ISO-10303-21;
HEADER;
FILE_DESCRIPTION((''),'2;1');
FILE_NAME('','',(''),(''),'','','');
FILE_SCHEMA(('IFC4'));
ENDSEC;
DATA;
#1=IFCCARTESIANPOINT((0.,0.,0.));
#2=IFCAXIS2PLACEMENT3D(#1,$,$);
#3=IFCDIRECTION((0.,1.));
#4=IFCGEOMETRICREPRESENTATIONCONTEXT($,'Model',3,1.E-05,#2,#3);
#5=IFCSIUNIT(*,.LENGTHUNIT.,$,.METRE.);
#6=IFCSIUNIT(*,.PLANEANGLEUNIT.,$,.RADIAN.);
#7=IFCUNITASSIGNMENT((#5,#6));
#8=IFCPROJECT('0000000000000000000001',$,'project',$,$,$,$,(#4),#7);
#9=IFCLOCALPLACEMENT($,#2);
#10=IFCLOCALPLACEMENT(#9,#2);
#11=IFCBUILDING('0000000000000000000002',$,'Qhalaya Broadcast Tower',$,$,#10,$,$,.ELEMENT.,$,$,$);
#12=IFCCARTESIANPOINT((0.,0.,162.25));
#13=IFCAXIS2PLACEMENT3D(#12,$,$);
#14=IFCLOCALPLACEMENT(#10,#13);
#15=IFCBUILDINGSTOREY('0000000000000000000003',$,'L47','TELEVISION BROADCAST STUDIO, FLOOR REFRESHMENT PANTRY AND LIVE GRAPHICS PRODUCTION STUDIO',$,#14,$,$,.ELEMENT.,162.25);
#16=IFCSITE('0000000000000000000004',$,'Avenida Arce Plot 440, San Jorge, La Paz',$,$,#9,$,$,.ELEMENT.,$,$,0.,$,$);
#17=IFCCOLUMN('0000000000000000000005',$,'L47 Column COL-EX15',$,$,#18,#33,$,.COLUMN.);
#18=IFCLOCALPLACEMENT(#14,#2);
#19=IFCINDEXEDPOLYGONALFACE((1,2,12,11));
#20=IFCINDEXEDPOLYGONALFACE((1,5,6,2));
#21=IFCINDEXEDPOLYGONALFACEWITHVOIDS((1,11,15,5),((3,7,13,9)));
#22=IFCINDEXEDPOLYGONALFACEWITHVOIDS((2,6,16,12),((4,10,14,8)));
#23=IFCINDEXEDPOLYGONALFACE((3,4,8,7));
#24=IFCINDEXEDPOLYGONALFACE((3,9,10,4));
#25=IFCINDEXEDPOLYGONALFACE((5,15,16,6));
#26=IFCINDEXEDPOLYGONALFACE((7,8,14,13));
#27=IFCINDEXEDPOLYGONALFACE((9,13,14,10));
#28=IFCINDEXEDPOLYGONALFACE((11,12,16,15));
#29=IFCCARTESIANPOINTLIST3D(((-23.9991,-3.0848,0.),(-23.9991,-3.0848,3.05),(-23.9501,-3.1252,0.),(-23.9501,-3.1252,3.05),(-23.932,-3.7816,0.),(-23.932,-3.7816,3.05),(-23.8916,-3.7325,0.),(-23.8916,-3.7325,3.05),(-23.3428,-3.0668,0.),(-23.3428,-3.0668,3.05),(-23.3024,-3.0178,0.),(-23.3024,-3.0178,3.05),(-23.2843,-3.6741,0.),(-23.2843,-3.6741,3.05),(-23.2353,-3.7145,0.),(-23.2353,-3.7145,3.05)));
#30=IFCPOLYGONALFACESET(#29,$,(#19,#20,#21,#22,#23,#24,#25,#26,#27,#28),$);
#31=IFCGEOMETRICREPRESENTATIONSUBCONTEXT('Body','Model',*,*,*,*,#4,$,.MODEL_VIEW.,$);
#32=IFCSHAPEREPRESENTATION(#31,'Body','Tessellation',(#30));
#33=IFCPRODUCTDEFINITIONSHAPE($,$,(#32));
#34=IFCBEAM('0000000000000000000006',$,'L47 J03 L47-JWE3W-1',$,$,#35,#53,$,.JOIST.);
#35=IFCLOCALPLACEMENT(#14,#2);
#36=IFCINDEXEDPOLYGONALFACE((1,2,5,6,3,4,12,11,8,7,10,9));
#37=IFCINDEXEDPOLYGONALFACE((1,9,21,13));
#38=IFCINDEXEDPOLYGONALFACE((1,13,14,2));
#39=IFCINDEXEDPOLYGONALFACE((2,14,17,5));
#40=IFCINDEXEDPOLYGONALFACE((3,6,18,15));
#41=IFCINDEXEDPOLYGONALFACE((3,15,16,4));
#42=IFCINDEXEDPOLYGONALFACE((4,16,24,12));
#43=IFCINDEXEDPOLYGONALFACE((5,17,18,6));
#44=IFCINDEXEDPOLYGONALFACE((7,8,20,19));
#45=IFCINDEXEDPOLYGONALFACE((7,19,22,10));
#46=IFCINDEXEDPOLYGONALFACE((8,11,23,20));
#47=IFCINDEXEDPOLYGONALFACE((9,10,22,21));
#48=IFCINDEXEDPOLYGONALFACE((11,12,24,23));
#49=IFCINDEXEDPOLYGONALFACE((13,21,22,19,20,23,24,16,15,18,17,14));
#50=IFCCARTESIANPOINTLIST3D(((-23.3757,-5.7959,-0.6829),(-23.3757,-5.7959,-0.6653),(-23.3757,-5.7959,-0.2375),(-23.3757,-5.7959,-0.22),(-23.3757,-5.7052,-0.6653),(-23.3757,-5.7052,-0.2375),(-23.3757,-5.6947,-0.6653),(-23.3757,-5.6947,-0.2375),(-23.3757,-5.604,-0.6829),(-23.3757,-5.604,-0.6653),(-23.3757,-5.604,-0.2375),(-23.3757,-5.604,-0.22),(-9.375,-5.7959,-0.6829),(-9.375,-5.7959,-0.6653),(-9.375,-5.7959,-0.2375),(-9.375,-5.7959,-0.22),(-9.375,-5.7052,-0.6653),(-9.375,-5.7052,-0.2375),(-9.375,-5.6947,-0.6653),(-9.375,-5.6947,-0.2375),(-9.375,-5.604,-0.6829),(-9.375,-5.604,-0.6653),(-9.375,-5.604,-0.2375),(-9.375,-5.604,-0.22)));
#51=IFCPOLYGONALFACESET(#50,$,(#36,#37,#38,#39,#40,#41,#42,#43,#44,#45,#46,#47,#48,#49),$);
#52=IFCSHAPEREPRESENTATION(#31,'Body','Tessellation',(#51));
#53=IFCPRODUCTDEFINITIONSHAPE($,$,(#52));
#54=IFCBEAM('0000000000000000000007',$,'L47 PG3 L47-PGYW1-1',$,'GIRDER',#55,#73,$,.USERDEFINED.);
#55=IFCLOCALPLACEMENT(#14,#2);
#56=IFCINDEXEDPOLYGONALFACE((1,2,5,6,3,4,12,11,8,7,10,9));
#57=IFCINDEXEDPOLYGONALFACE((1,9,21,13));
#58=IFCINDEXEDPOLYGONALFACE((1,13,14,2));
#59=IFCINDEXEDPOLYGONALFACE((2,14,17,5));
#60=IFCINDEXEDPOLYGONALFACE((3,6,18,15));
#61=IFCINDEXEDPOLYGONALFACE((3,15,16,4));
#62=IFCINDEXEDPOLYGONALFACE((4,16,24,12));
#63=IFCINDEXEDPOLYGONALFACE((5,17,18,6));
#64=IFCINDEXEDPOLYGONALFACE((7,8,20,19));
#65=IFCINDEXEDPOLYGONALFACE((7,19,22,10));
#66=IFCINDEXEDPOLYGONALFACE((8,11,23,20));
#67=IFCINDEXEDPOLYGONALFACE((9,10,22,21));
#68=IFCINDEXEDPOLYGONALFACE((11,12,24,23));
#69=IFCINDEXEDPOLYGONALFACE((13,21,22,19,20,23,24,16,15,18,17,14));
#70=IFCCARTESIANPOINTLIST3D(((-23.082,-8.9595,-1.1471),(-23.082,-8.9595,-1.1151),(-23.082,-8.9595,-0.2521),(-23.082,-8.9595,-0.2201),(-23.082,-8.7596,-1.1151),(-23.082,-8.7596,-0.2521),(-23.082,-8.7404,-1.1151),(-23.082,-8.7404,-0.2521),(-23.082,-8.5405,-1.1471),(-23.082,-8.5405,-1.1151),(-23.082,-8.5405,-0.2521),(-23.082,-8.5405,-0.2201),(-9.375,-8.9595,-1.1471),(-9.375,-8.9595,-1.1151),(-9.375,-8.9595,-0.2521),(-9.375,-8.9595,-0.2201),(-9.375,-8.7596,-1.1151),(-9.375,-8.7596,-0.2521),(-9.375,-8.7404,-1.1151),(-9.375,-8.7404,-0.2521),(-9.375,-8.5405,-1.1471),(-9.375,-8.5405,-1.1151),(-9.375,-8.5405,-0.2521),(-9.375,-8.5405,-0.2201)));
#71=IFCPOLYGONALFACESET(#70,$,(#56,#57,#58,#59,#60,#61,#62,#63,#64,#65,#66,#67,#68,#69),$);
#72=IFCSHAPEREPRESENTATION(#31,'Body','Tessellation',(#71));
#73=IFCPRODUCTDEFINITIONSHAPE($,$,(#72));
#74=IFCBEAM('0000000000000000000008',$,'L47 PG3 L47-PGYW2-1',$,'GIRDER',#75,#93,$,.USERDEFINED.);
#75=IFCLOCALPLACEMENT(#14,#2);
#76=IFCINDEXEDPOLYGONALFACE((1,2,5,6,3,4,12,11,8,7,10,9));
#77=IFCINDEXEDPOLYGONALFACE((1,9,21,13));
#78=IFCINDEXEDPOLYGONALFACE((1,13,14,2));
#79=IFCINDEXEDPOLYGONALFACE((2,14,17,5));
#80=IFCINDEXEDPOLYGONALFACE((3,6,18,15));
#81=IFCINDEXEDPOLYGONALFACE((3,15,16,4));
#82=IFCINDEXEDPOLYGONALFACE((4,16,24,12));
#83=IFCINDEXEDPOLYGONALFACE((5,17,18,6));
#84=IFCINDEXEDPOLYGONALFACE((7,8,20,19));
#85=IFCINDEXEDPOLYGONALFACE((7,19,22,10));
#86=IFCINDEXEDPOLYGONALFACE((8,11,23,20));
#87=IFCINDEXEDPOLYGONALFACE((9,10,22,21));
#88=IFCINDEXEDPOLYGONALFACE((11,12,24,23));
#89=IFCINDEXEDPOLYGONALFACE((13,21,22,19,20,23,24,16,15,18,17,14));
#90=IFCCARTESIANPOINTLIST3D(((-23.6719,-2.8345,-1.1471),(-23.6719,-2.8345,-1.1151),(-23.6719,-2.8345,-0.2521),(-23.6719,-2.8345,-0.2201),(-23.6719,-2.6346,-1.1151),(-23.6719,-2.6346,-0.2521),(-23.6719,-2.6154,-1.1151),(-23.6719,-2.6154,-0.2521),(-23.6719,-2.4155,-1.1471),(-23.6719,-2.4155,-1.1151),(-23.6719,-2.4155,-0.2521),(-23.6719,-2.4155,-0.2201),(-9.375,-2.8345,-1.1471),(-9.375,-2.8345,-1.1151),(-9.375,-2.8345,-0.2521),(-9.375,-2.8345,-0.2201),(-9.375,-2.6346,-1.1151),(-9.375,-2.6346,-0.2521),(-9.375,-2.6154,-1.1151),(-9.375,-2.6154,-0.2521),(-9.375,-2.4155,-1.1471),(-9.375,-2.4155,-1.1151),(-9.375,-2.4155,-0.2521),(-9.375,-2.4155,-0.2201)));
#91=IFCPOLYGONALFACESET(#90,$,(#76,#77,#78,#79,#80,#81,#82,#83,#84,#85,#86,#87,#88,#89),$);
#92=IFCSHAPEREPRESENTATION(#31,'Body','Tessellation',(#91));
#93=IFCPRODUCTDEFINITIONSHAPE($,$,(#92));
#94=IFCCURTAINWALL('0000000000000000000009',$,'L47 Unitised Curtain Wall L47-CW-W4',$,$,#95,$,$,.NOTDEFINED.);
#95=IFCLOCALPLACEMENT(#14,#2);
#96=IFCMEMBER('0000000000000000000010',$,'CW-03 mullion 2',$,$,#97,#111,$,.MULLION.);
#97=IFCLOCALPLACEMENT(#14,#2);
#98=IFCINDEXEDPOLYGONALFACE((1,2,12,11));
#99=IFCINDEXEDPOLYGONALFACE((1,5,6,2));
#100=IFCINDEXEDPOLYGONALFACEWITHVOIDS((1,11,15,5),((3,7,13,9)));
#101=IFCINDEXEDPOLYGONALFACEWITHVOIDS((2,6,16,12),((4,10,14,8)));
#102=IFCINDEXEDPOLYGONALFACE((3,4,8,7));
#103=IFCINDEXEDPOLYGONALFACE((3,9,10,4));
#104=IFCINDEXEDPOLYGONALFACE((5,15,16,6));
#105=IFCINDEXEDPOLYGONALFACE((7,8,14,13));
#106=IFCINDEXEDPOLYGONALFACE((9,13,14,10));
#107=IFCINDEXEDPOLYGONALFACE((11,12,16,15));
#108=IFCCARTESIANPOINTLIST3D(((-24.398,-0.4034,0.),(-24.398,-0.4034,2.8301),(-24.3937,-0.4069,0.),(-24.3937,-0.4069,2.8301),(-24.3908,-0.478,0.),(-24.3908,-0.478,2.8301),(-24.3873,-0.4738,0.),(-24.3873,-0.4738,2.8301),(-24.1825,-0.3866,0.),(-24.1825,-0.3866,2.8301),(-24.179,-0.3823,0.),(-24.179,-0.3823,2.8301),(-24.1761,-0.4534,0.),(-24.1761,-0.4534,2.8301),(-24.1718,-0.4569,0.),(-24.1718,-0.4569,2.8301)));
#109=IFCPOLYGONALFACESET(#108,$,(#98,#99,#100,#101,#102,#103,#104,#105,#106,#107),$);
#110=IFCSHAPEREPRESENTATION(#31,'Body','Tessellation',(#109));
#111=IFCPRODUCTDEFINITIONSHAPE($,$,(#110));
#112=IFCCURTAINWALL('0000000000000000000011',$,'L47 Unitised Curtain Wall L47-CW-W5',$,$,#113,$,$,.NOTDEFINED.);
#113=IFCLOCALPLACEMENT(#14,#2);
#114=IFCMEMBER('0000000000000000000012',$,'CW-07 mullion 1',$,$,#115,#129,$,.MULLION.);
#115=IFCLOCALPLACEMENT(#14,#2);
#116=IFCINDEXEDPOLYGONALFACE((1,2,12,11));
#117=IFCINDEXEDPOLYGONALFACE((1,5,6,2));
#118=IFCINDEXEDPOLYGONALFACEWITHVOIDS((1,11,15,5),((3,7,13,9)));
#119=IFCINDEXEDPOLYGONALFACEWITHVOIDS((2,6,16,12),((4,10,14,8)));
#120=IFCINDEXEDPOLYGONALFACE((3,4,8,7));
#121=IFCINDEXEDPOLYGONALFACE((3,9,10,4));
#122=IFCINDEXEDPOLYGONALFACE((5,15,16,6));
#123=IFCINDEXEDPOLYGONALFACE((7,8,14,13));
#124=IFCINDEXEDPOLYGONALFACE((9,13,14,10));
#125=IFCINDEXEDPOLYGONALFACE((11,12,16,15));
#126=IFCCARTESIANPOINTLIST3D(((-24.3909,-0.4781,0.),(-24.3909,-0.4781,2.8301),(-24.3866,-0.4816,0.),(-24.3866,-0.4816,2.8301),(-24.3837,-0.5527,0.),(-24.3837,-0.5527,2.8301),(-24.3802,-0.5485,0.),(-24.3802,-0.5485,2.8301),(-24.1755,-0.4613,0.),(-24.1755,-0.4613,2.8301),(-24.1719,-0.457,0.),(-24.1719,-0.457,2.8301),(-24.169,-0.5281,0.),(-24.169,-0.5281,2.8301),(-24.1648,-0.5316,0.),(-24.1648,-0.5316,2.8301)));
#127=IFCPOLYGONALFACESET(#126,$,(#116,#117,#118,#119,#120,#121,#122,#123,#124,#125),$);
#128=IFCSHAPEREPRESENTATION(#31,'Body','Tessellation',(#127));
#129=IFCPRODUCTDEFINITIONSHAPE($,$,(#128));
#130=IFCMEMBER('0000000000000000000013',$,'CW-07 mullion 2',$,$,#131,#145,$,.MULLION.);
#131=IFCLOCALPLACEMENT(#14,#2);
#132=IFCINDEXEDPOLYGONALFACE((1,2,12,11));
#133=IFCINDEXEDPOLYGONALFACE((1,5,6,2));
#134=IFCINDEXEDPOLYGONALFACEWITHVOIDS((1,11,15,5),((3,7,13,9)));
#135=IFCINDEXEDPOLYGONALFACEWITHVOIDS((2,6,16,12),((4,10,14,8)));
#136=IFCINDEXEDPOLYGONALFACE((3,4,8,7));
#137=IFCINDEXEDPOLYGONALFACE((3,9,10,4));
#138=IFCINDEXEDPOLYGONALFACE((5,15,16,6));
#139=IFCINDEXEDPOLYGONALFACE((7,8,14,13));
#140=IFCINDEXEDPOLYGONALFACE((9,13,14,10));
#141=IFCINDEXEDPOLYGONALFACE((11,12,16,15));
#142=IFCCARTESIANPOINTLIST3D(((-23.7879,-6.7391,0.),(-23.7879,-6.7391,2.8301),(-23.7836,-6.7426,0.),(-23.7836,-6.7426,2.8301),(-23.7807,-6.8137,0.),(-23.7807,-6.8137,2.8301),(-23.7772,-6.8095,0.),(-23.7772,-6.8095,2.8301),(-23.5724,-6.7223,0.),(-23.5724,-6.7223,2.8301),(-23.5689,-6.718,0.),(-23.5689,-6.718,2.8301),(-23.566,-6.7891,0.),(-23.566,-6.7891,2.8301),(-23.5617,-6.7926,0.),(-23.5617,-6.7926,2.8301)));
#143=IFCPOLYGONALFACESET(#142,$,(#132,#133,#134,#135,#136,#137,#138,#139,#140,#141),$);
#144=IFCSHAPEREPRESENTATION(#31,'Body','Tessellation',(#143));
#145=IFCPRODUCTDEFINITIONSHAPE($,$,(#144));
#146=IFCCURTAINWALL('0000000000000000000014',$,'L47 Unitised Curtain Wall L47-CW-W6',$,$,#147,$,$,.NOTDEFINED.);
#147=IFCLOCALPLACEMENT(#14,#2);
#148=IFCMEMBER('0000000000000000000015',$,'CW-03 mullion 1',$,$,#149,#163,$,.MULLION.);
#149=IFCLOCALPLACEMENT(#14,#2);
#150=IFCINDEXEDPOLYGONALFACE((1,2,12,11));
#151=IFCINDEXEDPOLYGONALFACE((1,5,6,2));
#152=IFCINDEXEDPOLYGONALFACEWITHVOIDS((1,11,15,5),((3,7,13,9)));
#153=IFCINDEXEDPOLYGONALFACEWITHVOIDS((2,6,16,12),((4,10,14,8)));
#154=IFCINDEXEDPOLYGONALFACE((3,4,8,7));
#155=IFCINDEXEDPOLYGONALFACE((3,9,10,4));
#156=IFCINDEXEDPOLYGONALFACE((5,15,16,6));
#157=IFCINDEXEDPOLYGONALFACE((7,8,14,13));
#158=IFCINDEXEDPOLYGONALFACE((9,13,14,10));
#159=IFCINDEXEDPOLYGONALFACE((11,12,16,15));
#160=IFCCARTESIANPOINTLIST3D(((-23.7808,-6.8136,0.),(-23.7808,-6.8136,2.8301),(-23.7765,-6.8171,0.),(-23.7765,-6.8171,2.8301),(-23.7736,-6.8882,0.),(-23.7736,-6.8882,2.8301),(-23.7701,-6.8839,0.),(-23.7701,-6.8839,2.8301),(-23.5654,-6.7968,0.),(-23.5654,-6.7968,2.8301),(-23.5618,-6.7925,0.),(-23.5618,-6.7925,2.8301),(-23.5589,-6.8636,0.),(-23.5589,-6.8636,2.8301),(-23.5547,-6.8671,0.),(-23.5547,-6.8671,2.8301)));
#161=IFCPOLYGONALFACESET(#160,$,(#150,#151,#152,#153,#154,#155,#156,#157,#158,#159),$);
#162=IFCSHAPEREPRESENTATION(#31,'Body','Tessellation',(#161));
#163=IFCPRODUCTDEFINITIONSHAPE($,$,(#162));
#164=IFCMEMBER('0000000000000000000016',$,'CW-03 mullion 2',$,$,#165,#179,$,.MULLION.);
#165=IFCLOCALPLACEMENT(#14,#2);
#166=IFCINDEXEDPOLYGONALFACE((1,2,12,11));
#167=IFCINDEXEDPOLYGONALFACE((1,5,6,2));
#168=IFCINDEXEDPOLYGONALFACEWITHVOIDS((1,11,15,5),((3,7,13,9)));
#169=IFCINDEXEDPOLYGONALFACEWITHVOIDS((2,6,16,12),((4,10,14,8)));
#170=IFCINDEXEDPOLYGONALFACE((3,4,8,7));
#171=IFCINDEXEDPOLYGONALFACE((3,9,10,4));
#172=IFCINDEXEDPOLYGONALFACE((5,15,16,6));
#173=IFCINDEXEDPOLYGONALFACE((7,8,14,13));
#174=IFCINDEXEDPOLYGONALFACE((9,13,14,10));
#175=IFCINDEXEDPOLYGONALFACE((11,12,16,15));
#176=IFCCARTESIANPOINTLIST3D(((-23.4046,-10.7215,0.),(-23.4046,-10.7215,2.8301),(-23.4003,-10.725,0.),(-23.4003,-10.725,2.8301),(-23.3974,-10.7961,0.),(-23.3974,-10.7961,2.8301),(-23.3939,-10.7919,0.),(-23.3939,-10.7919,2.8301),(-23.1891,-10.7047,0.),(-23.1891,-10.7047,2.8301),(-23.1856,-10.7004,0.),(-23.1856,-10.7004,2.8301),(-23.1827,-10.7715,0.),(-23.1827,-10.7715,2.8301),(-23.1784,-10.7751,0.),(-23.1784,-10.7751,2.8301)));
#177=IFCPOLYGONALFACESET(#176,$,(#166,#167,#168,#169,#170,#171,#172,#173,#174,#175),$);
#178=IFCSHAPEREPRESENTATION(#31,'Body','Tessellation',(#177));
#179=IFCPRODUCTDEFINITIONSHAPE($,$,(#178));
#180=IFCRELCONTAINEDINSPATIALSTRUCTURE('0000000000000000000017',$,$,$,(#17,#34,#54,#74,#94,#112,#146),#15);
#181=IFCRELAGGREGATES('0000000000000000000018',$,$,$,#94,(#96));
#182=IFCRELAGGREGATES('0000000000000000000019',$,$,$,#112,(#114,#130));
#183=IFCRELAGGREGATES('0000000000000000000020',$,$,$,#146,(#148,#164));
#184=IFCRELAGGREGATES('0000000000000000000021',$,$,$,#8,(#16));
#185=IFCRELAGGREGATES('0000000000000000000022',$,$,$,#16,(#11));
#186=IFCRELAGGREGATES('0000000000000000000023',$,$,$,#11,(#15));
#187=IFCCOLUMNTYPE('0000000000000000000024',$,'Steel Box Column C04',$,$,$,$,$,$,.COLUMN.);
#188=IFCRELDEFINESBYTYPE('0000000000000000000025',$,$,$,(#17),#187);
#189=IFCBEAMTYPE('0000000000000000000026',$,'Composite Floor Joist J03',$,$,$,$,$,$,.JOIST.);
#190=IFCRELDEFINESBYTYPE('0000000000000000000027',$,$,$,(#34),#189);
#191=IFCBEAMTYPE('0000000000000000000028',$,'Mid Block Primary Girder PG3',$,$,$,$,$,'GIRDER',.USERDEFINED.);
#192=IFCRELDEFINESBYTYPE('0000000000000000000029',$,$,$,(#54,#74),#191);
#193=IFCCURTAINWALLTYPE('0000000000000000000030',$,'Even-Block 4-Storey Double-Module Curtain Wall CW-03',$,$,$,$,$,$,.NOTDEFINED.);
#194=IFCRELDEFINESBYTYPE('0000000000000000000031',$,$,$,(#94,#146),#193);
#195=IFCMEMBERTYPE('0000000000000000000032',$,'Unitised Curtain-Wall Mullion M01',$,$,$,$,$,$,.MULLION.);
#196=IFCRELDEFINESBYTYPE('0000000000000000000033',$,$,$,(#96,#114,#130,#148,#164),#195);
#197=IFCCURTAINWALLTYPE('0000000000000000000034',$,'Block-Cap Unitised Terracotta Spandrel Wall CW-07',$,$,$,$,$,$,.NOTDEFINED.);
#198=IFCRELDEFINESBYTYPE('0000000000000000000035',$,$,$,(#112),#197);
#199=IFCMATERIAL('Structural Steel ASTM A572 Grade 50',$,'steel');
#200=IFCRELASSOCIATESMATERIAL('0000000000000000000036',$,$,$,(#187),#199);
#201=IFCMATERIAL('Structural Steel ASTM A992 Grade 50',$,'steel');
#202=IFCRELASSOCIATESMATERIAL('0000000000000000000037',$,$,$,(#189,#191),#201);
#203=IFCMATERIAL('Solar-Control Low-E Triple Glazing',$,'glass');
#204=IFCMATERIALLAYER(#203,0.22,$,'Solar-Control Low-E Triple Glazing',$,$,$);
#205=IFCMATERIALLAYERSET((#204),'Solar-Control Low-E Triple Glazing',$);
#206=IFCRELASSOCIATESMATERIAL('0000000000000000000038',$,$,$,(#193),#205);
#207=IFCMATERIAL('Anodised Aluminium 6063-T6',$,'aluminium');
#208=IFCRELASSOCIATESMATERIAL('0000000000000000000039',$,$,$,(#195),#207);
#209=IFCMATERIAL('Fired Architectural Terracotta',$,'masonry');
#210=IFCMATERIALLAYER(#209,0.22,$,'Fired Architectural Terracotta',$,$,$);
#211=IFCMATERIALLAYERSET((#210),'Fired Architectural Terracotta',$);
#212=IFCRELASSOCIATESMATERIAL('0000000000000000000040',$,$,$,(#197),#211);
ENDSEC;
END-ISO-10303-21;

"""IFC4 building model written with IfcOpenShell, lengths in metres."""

from ifc_helpers import new_model, si_unit, direction, frame, origin, origin_2d, place, context, subcontext, project, spatial, hollow_rectangle, i_section, extrude, material, layer, layer_set, material_profile, profile_set, type_object, element, aggregate, save


model = new_model("IFC4")

# Units and contexts
model_context = context("Model", 3, precision=1e-05, world=origin(), true_north=direction((0.0, 1.0)))
body_context = subcontext(model_context, "Body", "Model", "MODEL_VIEW")
ifc_project = project(units=[si_unit("LENGTHUNIT", "METRE"), si_unit("PLANEANGLEUNIT", "RADIAN")], contexts=[model_context])

# Site, building, storey
site_placement = place(None, origin())
site = spatial("IfcSite", under=ifc_project, at=site_placement, Name="Avenida Arce Plot 440, San Jorge, La Paz", CompositionType="ELEMENT", RefElevation=0.0)
building_placement = place(site_placement, origin())
building = spatial("IfcBuilding", under=site, at=building_placement, Name="Qhalaya Broadcast Tower", CompositionType="ELEMENT")
storey_placement = place(building_placement, frame((0.0, 0.0, 162.25)))
storey = spatial("IfcBuildingStorey", under=building, at=storey_placement, Name="L47", Description="TELEVISION BROADCAST STUDIO, FLOOR REFRESHMENT PANTRY AND LIVE GRAPHICS PRODUCTION STUDIO", CompositionType="ELEMENT", Elevation=162.25)

# Column
ifc_material_1 = material(Name="Structural Steel ASTM A572 Grade 50", Category="steel")
ifc_material_profile_1 = material_profile(ifc_material_1, hollow_rectangle(XDim=0.7, YDim=0.7, WallThickness=0.0449, at=origin_2d()), Name="BOX 700x700x45")
ifc_profile_set_1 = profile_set([ifc_material_profile_1], Name="Structural Steel ASTM A572 Grade 50")
column_type = type_object("IfcColumnType", Name="Steel Box Column C04", PredefinedType="COLUMN", material=ifc_profile_set_1)
column_placement = place(storey_placement, frame((-23.6172, -3.3997, 0.0), z_axis=(0.0, 0.0, 1.0), x_axis=(-0.095846, 0.995396, 0.0)))
element("IfcColumn", 1, at=column_placement, inside=storey, type_object=column_type, Name="L47 Column COL-EX15", PredefinedType="COLUMN", context=body_context, shape_type="SweptSolid", body=[
    extrude(hollow_rectangle(XDim=0.7, YDim=0.7, WallThickness=0.0449, at=origin_2d()), origin(), (0.0, 0.0, 1.0), 3.05),
])

# Beams
ifc_material_2 = material(Name="Structural Steel ASTM A992 Grade 50", Category="steel")
ifc_material_profile_2 = material_profile(ifc_material_2, i_section(OverallWidth=0.1919, OverallDepth=0.4629, WebThickness=0.0105, FlangeThickness=0.0176, at=origin_2d()), Name="W18X60")
ifc_profile_set_2 = profile_set([ifc_material_profile_2], Name="Structural Steel ASTM A992 Grade 50")
beam_type_1 = type_object("IfcBeamType", Name="Composite Floor Joist J03", PredefinedType="JOIST", material=ifc_profile_set_2)
beam_1_placement = place(storey_placement, frame((-23.3757, -5.7, -0.4514), z_axis=(1.0, 0.0, 0.0), x_axis=(0.0, 1.0, 0.0)))
element("IfcBeam", 2, at=beam_1_placement, inside=storey, type_object=beam_type_1, Name="L47 J03 L47-JWE3W-1", PredefinedType="JOIST", context=body_context, shape_type="SweptSolid", body=[
    extrude(i_section(OverallWidth=0.1919, OverallDepth=0.4629, WebThickness=0.0105, FlangeThickness=0.0176, at=origin_2d()), origin(), (0.0, 0.0, 1.0), 14.0007),
])
ifc_material_profile_3 = material_profile(ifc_material_2, i_section(OverallWidth=0.4189, OverallDepth=0.927, WebThickness=0.0193, FlangeThickness=0.032, at=origin_2d()), Name="W36X231")
ifc_profile_set_3 = profile_set([ifc_material_profile_3], Name="Structural Steel ASTM A992 Grade 50")
beam_type_2 = type_object("IfcBeamType", Name="Mid Block Primary Girder PG3", ElementType="GIRDER", PredefinedType="USERDEFINED", material=ifc_profile_set_3)
beam_2_placement = place(storey_placement, frame((-23.082, -8.75, -0.6836), z_axis=(1.0, 0.0, 0.0), x_axis=(0.0, 1.0, 0.0)))
element("IfcBeam", 3, at=beam_2_placement, inside=storey, type_object=beam_type_2, Name="L47 PG3 L47-PGYW1-1", ObjectType="GIRDER", PredefinedType="USERDEFINED", context=body_context, shape_type="SweptSolid", body=[
    extrude(i_section(OverallWidth=0.4189, OverallDepth=0.927, WebThickness=0.0193, FlangeThickness=0.032, at=origin_2d()), origin(), (0.0, 0.0, 1.0), 13.707),
])
beam_3_placement = place(storey_placement, frame((-23.6719, -2.625, -0.6836), z_axis=(1.0, 0.0, 0.0), x_axis=(0.0, 1.0, 0.0)))
element("IfcBeam", 4, at=beam_3_placement, inside=storey, type_object=beam_type_2, Name="L47 PG3 L47-PGYW2-1", ObjectType="GIRDER", PredefinedType="USERDEFINED", context=body_context, shape_type="SweptSolid", body=[
    extrude(i_section(OverallWidth=0.4189, OverallDepth=0.927, WebThickness=0.0193, FlangeThickness=0.032, at=origin_2d()), origin(), (0.0, 0.0, 1.0), 14.2969),
])

# Curtain wall, member
ifc_material_3 = material(Name="Solar-Control Low-E Triple Glazing", Category="glass")
ifc_layer_1 = layer(ifc_material_3, 0.22, Name="Solar-Control Low-E Triple Glazing")
ifc_layer_set_1 = layer_set([ifc_layer_1], Name="Solar-Control Low-E Triple Glazing")
curtain_wall_type_1 = type_object("IfcCurtainWallType", Name="Even-Block 4-Storey Double-Module Curtain Wall CW-03", PredefinedType="NOTDEFINED", material=ifc_layer_set_1)
curtain_wall_1_placement = place(storey_placement, origin())
curtain_wall_1 = element("IfcCurtainWall", 5, at=curtain_wall_1_placement, inside=storey, type_object=curtain_wall_type_1, Name="L47 Unitised Curtain Wall L47-CW-W4", PredefinedType="NOTDEFINED")
ifc_material_4 = material(Name="Anodised Aluminium 6063-T6", Category="aluminium")
ifc_material_profile_4 = material_profile(ifc_material_4, hollow_rectangle(XDim=0.075, YDim=0.22, WallThickness=0.0039, at=origin_2d()), Name="ALU-MUL 75x220x4")
ifc_profile_set_4 = profile_set([ifc_material_profile_4], Name="Anodised Aluminium 6063-T6")
member_type_1 = type_object("IfcMemberType", Name="Unitised Curtain-Wall Mullion M01", PredefinedType="MULLION", material=ifc_profile_set_4)
member_1_placement = place(storey_placement, frame((-24.2849, -0.4302, 0.0), z_axis=(0.0, 0.0, 1.0), x_axis=(0.095851, -0.995396, 0.0)))
member_1 = element("IfcMember", 6, at=member_1_placement, type_object=member_type_1, Name="CW-03 mullion 2", PredefinedType="MULLION", context=body_context, shape_type="SweptSolid", body=[
    extrude(hollow_rectangle(XDim=0.075, YDim=0.22, WallThickness=0.0039, at=origin_2d()), origin(), (0.0, 0.0, 1.0), 2.8301),
])
aggregate(curtain_wall_1, [member_1])

# Curtain walls, members
ifc_material_5 = material(Name="Fired Architectural Terracotta", Category="masonry")
ifc_layer_2 = layer(ifc_material_5, 0.22, Name="Fired Architectural Terracotta")
ifc_layer_set_2 = layer_set([ifc_layer_2], Name="Fired Architectural Terracotta")
curtain_wall_type_2 = type_object("IfcCurtainWallType", Name="Block-Cap Unitised Terracotta Spandrel Wall CW-07", PredefinedType="NOTDEFINED", material=ifc_layer_set_2)
curtain_wall_2_placement = place(storey_placement, origin())
curtain_wall_2 = element("IfcCurtainWall", 7, at=curtain_wall_2_placement, inside=storey, type_object=curtain_wall_type_2, Name="L47 Unitised Curtain Wall L47-CW-W5", PredefinedType="NOTDEFINED")
member_2_placement = place(storey_placement, frame((-24.2778, -0.5049, 0.0), z_axis=(0.0, 0.0, 1.0), x_axis=(0.095854, -0.995395, 0.0)))
member_2 = element("IfcMember", 8, at=member_2_placement, type_object=member_type_1, Name="CW-07 mullion 1", PredefinedType="MULLION", context=body_context, shape_type="SweptSolid", body=[
    extrude(hollow_rectangle(XDim=0.075, YDim=0.22, WallThickness=0.0039, at=origin_2d()), origin(), (0.0, 0.0, 1.0), 2.8301),
])
member_3_placement = place(storey_placement, frame((-23.6748, -6.7659, 0.0), z_axis=(0.0, 0.0, 1.0), x_axis=(0.095854, -0.995395, 0.0)))
member_3 = element("IfcMember", 9, at=member_3_placement, type_object=member_type_1, Name="CW-07 mullion 2", PredefinedType="MULLION", context=body_context, shape_type="SweptSolid", body=[
    extrude(hollow_rectangle(XDim=0.075, YDim=0.22, WallThickness=0.0039, at=origin_2d()), origin(), (0.0, 0.0, 1.0), 2.8301),
])
curtain_wall_3_placement = place(storey_placement, origin())
curtain_wall_3 = element("IfcCurtainWall", 10, at=curtain_wall_3_placement, inside=storey, type_object=curtain_wall_type_1, Name="L47 Unitised Curtain Wall L47-CW-W6", PredefinedType="NOTDEFINED")
member_4_placement = place(storey_placement, frame((-23.6677, -6.8403, 0.0), z_axis=(0.0, 0.0, 1.0), x_axis=(0.095826, -0.995398, 0.0)))
member_4 = element("IfcMember", 11, at=member_4_placement, type_object=member_type_1, Name="CW-03 mullion 1", PredefinedType="MULLION", context=body_context, shape_type="SweptSolid", body=[
    extrude(hollow_rectangle(XDim=0.075, YDim=0.22, WallThickness=0.0039, at=origin_2d()), origin(), (0.0, 0.0, 1.0), 2.8301),
])
member_5_placement = place(storey_placement, frame((-23.2915, -10.7483, 0.0), z_axis=(0.0, 0.0, 1.0), x_axis=(0.095826, -0.995398, 0.0)))
member_5 = element("IfcMember", 12, at=member_5_placement, type_object=member_type_1, Name="CW-03 mullion 2", PredefinedType="MULLION", context=body_context, shape_type="SweptSolid", body=[
    extrude(hollow_rectangle(XDim=0.075, YDim=0.22, WallThickness=0.0039, at=origin_2d()), origin(), (0.0, 0.0, 1.0), 2.8301),
])

aggregate(curtain_wall_2, [member_2, member_3])
aggregate(curtain_wall_3, [member_4, member_5])

save(model, "model.ifc")
